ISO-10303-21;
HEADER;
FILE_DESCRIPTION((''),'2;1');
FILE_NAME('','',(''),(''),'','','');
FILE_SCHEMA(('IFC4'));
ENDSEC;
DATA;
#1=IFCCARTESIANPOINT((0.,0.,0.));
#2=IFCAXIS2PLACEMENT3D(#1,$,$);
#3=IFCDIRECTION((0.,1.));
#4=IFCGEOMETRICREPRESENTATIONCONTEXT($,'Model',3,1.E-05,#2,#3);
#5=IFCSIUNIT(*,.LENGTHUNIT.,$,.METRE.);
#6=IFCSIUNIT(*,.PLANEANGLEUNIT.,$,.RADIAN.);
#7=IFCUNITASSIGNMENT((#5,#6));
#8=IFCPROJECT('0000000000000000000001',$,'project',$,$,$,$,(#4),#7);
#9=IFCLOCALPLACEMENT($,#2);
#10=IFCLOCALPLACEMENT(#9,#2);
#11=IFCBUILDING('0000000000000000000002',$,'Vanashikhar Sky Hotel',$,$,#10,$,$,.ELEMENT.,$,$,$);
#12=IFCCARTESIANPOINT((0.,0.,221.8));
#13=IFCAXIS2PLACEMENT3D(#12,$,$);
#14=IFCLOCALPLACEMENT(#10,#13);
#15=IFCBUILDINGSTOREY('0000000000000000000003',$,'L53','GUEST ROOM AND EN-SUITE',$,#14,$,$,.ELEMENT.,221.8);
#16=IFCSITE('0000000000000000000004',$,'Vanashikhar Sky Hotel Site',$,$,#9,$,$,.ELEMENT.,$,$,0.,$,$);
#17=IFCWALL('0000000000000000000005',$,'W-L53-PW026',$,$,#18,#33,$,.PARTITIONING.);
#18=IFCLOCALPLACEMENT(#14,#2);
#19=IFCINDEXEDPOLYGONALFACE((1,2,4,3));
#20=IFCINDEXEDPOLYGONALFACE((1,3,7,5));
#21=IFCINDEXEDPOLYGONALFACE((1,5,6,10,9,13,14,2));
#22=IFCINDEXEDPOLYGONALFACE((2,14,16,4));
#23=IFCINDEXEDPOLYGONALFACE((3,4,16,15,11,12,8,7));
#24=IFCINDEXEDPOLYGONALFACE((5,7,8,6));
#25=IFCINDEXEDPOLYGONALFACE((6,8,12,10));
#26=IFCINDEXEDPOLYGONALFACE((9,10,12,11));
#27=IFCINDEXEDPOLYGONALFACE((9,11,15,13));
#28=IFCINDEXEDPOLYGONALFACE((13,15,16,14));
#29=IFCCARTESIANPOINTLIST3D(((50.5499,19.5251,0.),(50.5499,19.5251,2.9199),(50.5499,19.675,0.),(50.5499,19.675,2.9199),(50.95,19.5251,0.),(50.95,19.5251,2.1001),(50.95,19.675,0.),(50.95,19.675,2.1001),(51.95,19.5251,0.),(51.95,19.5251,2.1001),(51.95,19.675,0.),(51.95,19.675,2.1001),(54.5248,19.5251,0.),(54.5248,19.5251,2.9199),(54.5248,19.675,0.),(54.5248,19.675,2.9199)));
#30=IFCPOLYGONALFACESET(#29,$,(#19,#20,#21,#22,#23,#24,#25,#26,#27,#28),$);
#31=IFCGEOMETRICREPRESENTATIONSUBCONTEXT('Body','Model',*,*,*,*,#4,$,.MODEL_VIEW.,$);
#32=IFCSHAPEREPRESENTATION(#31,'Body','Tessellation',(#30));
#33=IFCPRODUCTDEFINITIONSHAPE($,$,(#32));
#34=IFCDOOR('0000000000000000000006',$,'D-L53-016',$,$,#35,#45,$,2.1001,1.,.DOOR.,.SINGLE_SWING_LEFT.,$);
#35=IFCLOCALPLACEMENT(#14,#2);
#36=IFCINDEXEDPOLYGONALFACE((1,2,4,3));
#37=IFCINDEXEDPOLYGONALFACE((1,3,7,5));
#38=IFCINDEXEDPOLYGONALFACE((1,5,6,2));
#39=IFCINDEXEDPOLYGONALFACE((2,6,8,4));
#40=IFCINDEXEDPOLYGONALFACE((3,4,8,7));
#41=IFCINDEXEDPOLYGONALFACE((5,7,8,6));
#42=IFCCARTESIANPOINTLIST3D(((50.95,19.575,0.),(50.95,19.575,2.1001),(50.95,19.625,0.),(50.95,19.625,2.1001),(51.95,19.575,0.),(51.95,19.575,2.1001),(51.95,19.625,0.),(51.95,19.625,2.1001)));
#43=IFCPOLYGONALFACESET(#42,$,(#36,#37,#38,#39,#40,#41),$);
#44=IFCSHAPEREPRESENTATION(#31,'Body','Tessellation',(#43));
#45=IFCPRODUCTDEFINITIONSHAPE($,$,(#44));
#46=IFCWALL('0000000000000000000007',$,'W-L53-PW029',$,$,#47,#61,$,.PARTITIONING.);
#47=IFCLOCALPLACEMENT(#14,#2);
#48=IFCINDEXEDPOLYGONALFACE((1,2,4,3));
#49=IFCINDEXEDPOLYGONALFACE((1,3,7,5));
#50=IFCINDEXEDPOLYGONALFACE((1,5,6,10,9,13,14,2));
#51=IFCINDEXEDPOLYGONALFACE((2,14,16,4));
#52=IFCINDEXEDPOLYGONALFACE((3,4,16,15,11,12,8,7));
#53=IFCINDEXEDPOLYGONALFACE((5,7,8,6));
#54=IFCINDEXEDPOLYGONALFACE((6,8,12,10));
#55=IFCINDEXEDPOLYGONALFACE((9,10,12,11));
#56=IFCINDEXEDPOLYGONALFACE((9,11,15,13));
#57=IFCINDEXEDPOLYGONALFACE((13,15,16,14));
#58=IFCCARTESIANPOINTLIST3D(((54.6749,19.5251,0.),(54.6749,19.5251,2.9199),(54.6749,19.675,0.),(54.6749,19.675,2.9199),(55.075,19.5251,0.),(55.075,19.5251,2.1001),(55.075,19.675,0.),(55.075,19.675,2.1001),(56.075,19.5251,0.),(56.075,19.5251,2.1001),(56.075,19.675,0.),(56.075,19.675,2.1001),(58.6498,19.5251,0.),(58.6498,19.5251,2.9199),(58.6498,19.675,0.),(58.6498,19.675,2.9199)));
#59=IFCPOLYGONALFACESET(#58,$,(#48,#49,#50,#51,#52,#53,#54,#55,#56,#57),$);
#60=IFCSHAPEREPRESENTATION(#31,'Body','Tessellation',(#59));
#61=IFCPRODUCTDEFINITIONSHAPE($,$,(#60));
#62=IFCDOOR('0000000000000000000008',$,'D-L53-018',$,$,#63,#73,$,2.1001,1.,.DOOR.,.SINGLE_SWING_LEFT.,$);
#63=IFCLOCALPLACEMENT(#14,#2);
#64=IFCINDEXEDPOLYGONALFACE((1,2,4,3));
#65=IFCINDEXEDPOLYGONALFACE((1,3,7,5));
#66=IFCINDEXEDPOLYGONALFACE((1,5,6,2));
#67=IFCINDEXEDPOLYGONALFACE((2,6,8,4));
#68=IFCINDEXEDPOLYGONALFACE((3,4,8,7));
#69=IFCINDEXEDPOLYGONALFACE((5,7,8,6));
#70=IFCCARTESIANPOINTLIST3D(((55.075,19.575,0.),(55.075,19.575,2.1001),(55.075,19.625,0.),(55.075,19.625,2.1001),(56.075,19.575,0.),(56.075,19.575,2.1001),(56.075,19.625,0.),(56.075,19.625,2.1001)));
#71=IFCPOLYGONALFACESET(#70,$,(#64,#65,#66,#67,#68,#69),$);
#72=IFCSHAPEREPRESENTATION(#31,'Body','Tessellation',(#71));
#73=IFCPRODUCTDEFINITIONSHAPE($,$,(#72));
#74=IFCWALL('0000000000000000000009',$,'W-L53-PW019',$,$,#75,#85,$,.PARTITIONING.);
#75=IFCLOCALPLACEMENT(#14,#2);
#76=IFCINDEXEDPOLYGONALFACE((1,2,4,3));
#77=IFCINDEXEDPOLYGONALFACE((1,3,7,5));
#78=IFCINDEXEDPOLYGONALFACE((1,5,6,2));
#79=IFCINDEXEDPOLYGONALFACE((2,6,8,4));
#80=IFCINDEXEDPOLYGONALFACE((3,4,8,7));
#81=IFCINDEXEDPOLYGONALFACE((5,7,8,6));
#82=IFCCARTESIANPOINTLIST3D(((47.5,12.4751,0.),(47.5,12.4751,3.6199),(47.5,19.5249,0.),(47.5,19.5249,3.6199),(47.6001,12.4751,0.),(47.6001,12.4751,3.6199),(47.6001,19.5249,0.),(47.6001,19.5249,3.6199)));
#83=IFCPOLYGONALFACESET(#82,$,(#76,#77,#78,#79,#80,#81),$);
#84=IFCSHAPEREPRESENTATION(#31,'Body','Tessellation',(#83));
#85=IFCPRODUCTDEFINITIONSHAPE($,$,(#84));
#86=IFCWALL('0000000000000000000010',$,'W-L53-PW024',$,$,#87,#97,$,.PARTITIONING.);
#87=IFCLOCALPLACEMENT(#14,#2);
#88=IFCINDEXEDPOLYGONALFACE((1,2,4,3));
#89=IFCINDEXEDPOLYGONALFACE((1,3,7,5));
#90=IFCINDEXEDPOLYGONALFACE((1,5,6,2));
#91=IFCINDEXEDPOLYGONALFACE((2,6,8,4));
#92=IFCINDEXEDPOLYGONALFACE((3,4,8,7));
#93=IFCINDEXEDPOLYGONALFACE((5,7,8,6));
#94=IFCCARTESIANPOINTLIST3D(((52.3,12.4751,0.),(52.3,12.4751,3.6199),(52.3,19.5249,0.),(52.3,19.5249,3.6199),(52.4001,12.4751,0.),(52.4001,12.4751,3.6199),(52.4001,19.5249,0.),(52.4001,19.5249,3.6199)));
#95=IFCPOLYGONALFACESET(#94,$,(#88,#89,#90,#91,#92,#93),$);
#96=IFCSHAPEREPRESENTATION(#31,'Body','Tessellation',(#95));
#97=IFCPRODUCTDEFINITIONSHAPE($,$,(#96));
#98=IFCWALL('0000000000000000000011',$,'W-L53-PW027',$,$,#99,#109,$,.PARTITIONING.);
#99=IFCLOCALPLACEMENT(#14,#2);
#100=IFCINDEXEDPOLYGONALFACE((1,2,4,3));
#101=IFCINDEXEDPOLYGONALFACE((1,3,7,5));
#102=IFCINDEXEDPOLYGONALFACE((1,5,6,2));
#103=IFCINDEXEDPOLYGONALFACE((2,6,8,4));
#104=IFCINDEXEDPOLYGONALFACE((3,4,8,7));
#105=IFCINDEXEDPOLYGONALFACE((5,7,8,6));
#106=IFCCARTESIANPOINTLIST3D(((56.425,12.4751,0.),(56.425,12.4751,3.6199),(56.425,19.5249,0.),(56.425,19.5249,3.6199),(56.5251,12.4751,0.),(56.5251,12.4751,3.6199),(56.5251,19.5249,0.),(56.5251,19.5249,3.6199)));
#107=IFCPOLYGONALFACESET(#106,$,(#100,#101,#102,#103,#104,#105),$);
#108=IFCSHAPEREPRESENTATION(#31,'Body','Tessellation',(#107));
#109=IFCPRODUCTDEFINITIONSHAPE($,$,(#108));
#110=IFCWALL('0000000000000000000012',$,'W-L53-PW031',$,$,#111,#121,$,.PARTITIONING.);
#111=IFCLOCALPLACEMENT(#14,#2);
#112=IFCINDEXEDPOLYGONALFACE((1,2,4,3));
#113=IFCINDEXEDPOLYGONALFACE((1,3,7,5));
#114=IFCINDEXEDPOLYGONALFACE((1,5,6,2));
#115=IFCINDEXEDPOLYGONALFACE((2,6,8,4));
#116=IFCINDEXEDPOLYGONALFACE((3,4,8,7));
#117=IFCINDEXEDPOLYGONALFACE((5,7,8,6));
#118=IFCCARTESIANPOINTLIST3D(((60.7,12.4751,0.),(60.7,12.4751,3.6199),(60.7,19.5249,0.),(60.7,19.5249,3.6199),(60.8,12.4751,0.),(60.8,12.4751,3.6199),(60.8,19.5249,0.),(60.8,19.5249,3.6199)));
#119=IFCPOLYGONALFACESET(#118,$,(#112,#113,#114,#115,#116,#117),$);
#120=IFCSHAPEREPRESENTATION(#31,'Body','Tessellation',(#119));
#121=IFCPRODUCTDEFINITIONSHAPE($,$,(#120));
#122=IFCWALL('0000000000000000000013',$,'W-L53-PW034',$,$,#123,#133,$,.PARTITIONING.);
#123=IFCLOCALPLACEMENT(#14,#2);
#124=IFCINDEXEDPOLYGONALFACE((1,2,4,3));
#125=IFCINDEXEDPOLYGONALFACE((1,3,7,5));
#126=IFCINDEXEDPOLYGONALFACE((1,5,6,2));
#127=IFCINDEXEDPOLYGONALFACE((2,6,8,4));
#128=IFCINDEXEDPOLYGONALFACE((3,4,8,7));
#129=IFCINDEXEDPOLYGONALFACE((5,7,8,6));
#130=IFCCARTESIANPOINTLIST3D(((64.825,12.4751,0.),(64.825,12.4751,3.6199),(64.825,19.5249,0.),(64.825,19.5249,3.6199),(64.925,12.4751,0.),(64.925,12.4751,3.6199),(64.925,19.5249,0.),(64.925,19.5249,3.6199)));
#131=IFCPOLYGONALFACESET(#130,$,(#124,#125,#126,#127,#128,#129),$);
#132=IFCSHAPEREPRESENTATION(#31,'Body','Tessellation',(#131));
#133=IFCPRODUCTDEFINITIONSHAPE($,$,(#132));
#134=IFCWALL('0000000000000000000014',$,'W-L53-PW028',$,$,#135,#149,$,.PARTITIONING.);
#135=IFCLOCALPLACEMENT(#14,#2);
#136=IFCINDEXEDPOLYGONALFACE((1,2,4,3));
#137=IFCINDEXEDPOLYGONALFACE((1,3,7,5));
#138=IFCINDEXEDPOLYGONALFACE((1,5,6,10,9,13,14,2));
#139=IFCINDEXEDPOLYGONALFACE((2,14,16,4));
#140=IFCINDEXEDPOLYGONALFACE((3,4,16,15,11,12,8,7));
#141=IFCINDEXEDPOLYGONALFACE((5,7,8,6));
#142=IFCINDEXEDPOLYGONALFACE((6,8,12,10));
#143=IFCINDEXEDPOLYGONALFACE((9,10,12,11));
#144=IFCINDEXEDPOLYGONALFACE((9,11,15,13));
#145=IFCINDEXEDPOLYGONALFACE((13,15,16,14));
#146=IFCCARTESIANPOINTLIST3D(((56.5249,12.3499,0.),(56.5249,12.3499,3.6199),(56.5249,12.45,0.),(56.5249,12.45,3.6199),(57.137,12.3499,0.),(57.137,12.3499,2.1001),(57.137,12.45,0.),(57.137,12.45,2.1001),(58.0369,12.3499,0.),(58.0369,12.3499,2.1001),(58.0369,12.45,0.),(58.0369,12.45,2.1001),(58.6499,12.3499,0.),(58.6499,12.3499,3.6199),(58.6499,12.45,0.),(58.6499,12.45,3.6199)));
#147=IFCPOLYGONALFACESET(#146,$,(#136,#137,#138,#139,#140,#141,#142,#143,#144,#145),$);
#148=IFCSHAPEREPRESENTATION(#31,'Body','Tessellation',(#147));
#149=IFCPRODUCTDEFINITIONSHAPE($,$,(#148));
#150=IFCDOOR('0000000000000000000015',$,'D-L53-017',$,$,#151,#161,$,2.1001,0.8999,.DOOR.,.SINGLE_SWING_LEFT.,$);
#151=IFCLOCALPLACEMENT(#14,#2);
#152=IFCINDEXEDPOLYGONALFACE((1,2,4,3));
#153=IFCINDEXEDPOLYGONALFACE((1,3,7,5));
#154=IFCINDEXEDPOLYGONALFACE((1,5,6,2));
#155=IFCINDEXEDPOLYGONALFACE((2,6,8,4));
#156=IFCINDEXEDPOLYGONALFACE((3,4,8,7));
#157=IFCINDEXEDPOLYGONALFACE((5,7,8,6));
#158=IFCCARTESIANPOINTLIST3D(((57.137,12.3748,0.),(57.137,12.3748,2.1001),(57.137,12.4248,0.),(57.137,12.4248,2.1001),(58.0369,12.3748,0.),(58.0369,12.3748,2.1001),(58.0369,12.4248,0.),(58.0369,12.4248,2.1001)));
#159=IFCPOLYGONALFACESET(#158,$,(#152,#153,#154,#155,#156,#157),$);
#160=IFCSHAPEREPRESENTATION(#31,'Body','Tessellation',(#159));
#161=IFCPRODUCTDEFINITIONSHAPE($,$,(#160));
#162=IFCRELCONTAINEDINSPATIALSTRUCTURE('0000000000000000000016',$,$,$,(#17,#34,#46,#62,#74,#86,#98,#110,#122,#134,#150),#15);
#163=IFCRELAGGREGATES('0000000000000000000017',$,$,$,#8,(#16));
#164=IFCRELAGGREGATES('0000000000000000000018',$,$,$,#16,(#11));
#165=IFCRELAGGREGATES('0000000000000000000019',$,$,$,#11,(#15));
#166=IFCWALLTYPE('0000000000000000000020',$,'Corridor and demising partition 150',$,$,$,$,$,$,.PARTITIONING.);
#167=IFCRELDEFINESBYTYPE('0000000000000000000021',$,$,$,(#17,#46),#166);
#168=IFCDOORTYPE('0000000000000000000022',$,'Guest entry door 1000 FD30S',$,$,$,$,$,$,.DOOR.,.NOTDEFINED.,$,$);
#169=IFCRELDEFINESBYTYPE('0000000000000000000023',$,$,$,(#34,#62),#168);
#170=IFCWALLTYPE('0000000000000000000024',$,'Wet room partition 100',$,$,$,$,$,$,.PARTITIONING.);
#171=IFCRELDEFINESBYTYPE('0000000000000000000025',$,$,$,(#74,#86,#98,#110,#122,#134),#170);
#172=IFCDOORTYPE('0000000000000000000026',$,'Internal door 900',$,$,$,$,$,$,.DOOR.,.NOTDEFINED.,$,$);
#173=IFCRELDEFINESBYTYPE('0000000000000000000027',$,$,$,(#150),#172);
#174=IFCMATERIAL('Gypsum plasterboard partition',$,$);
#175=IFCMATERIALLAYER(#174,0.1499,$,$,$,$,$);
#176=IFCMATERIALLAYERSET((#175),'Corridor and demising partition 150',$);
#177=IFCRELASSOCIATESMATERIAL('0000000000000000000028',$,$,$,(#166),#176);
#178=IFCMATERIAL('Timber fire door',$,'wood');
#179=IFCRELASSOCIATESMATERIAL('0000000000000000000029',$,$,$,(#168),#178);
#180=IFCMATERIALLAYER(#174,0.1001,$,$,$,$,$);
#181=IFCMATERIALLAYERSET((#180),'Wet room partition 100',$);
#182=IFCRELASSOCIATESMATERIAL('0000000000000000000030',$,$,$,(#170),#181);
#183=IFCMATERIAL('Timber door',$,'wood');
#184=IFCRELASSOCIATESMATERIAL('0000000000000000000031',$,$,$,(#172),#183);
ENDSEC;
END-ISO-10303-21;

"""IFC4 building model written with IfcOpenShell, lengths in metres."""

from ifc_helpers import new_model, si_unit, direction, frame, frame_2d, origin, place, context, subcontext, project, spatial, rectangle, extrude, source, transform, mapped, material, layer, layer_set, type_object, element, fill, save


model = new_model("IFC4")

# Units and contexts
model_context = context("Model", 3, precision=1e-05, world=origin(), true_north=direction((0.0, 1.0)))
body_context = subcontext(model_context, "Body", "Model", "MODEL_VIEW")
ifc_project = project(units=[si_unit("LENGTHUNIT", "METRE"), si_unit("PLANEANGLEUNIT", "RADIAN")], contexts=[model_context])

# Site, building, storey
site_placement = place(None, origin())
site = spatial("IfcSite", under=ifc_project, at=site_placement, Name="Vanashikhar Sky Hotel Site", CompositionType="ELEMENT", RefElevation=0.0)
building_placement = place(site_placement, origin())
building = spatial("IfcBuilding", under=site, at=building_placement, Name="Vanashikhar Sky Hotel", CompositionType="ELEMENT")
storey_placement = place(building_placement, frame((0.0, 0.0, 221.8)))
storey = spatial("IfcBuildingStorey", under=building, at=storey_placement, Name="L53", Description="GUEST ROOM AND EN-SUITE", CompositionType="ELEMENT", Elevation=221.8)

# Walls, openings, doors
ifc_material_1 = material(Name="Gypsum plasterboard partition")
ifc_layer_1 = layer(ifc_material_1, 0.1499)
ifc_layer_set_1 = layer_set([ifc_layer_1], Name="Corridor and demising partition 150")
wall_type_1 = type_object("IfcWallType", Name="Corridor and demising partition 150", PredefinedType="PARTITIONING", material=ifc_layer_set_1)
shared_shape_1 = source(origin(), body_context, "Body", "SweptSolid", [
    extrude(rectangle(XDim=1.0, YDim=2.1001, at=frame_2d((0.5, 1.05))), frame((0.0, 0.085, 0.0), z_axis=(0.0, -1.0, 0.0), x_axis=(1.0, 0.0, 0.0)), (0.0, 0.0, 1.0), 0.1699),
])
ifc_material_2 = material(Name="Timber fire door", Category="wood")
door_type_1 = type_object("IfcDoorType", Name="Guest entry door 1000 FD30S", OperationType="NOTDEFINED", PredefinedType="DOOR", material=ifc_material_2)
shared_shape_2 = source(origin(), body_context, "Body", "SweptSolid", [
    extrude(rectangle(XDim=1.0, YDim=2.1001, at=frame_2d((0.5, 1.05))), frame((0.0, 0.0249, 0.0), z_axis=(0.0, -1.0, 0.0), x_axis=(1.0, 0.0, 0.0)), (0.0, 0.0, 1.0), 0.05),
])
shared_shape_3 = source(origin(), body_context, "Body", "SweptSolid", [
    extrude(rectangle(XDim=3.9749, YDim=0.1499, at=frame_2d((1.9873, 0.0))), origin(), (0.0, 0.0, 1.0), 2.9199),
])
wall_1_placement = place(storey_placement, frame((50.55, 19.6001, 0.0), z_axis=(0.0, 0.0, 1.0), x_axis=(1.0, 0.0, 0.0)))
wall_1 = element("IfcWall", 1, at=wall_1_placement, inside=storey, type_object=wall_type_1, Name="W-L53-PW026", PredefinedType="PARTITIONING", context=body_context, shape_type="MappedRepresentation", body=[
    mapped(shared_shape_3, transform((0.0, 0.0, 0.0), scale=1.0)),
])
opening_1_placement = place(wall_1_placement, frame((0.3999, 0.0, 0.0)))
opening_1 = element("IfcOpeningElement", 2, at=opening_1_placement, cuts=wall_1, PredefinedType="OPENING", context=body_context, shape_type="MappedRepresentation", body=[
    mapped(shared_shape_1, transform((0.0, 0.0, 0.0), scale=1.0)),
])
door_1_placement = place(opening_1_placement, origin())
door_1 = element("IfcDoor", 3, at=door_1_placement, inside=storey, type_object=door_type_1, Name="D-L53-016", OperationType="SINGLE_SWING_LEFT", OverallHeight=2.1001, OverallWidth=1.0, PredefinedType="DOOR", context=body_context, shape_type="MappedRepresentation", body=[
    mapped(shared_shape_2, transform((0.0, 0.0, 0.0), scale=1.0)),
])
fill(opening_1, door_1)
wall_2_placement = place(storey_placement, frame((54.675, 19.6001, 0.0), z_axis=(0.0, 0.0, 1.0), x_axis=(1.0, 0.0, 0.0)))
wall_2 = element("IfcWall", 4, at=wall_2_placement, inside=storey, type_object=wall_type_1, Name="W-L53-PW029", PredefinedType="PARTITIONING", context=body_context, shape_type="MappedRepresentation", body=[
    mapped(shared_shape_3, transform((0.0, 0.0, 0.0), scale=1.0)),
])
opening_2_placement = place(wall_2_placement, frame((0.3999, 0.0, 0.0)))
opening_2 = element("IfcOpeningElement", 5, at=opening_2_placement, cuts=wall_2, PredefinedType="OPENING", context=body_context, shape_type="MappedRepresentation", body=[
    mapped(shared_shape_1, transform((0.0, 0.0, 0.0), scale=1.0)),
])
door_2_placement = place(opening_2_placement, origin())
door_2 = element("IfcDoor", 6, at=door_2_placement, inside=storey, type_object=door_type_1, Name="D-L53-018", OperationType="SINGLE_SWING_LEFT", OverallHeight=2.1001, OverallWidth=1.0, PredefinedType="DOOR", context=body_context, shape_type="MappedRepresentation", body=[
    mapped(shared_shape_2, transform((0.0, 0.0, 0.0), scale=1.0)),
])
fill(opening_2, door_2)

# Walls
ifc_layer_2 = layer(ifc_material_1, 0.1001)
ifc_layer_set_2 = layer_set([ifc_layer_2], Name="Wet room partition 100")
wall_type_2 = type_object("IfcWallType", Name="Wet room partition 100", PredefinedType="PARTITIONING", material=ifc_layer_set_2)
shared_shape_4 = source(origin(), body_context, "Body", "SweptSolid", [
    extrude(rectangle(XDim=7.0498, YDim=0.1001, at=frame_2d((3.5249, 0.0))), origin(), (0.0, 0.0, 1.0), 3.6199),
])
for number, where, z_axis, x_axis, name in (
    (7, (47.55, 12.4751, 0.0), (0.0, 0.0, 1.0), (0.0, 1.0, 0.0), "W-L53-PW019"),
    (8, (52.3501, 12.4751, 0.0), (0.0, 0.0, 1.0), (0.0, 1.0, 0.0), "W-L53-PW024"),
    (9, (56.4751, 12.4751, 0.0), (0.0, 0.0, 1.0), (0.0, 1.0, 0.0), "W-L53-PW027"),
    (10, (60.75, 12.4751, 0.0), (0.0, 0.0, 1.0), (0.0, 1.0, 0.0), "W-L53-PW031"),
    (11, (64.875, 12.4751, 0.0), (0.0, 0.0, 1.0), (0.0, 1.0, 0.0), "W-L53-PW034"),
):
    element("IfcWall", number, at=place(storey_placement, frame(where, z_axis=z_axis, x_axis=x_axis)), inside=storey, type_object=wall_type_2, Name=name, PredefinedType="PARTITIONING", context=body_context, shape_type="MappedRepresentation", body=[
        mapped(shared_shape_4, transform((0.0, 0.0, 0.0), scale=1.0)),
    ])

# Wall, opening, door
shared_shape_5 = source(origin(), body_context, "Body", "SweptSolid", [
    extrude(rectangle(XDim=2.125, YDim=0.1001, at=frame_2d((1.0625, 0.0))), origin(), (0.0, 0.0, 1.0), 3.6199),
])
wall_3_placement = place(storey_placement, frame((56.5249, 12.3999, 0.0), z_axis=(0.0, 0.0, 1.0), x_axis=(1.0, 0.0, 0.0)))
wall_3 = element("IfcWall", 12, at=wall_3_placement, inside=storey, type_object=wall_type_2, Name="W-L53-PW028", PredefinedType="PARTITIONING", context=body_context, shape_type="MappedRepresentation", body=[
    mapped(shared_shape_5, transform((0.0, 0.0, 0.0), scale=1.0)),
])
shared_shape_6 = source(origin(), body_context, "Body", "SweptSolid", [
    extrude(rectangle(XDim=0.8999, YDim=2.1001, at=frame_2d((0.45, 1.05))), frame((0.0, 0.0601, 0.0), z_axis=(0.0, -1.0, 0.0), x_axis=(1.0, 0.0, 0.0)), (0.0, 0.0, 1.0), 0.1201),
])
opening_3_placement = place(wall_3_placement, frame((0.6121, 0.0, 0.0)))
opening_3 = element("IfcOpeningElement", 13, at=opening_3_placement, cuts=wall_3, PredefinedType="OPENING", context=body_context, shape_type="MappedRepresentation", body=[
    mapped(shared_shape_6, transform((0.0, 0.0, 0.0), scale=1.0)),
])
ifc_material_3 = material(Name="Timber door", Category="wood")
door_type_2 = type_object("IfcDoorType", Name="Internal door 900", OperationType="NOTDEFINED", PredefinedType="DOOR", material=ifc_material_3)
shared_shape_7 = source(origin(), body_context, "Body", "SweptSolid", [
    extrude(rectangle(XDim=0.8999, YDim=2.1001, at=frame_2d((0.45, 1.05))), frame((0.0, 0.0249, 0.0), z_axis=(0.0, -1.0, 0.0), x_axis=(1.0, 0.0, 0.0)), (0.0, 0.0, 1.0), 0.05),
])
door_3_placement = place(opening_3_placement, origin())
door_3 = element("IfcDoor", 14, at=door_3_placement, inside=storey, type_object=door_type_2, Name="D-L53-017", OperationType="SINGLE_SWING_LEFT", OverallHeight=2.1001, OverallWidth=0.8999, PredefinedType="DOOR", context=body_context, shape_type="MappedRepresentation", body=[
    mapped(shared_shape_7, transform((0.0, 0.0, 0.0), scale=1.0)),
])
fill(opening_3, door_3)

save(model, "model.ifc")
